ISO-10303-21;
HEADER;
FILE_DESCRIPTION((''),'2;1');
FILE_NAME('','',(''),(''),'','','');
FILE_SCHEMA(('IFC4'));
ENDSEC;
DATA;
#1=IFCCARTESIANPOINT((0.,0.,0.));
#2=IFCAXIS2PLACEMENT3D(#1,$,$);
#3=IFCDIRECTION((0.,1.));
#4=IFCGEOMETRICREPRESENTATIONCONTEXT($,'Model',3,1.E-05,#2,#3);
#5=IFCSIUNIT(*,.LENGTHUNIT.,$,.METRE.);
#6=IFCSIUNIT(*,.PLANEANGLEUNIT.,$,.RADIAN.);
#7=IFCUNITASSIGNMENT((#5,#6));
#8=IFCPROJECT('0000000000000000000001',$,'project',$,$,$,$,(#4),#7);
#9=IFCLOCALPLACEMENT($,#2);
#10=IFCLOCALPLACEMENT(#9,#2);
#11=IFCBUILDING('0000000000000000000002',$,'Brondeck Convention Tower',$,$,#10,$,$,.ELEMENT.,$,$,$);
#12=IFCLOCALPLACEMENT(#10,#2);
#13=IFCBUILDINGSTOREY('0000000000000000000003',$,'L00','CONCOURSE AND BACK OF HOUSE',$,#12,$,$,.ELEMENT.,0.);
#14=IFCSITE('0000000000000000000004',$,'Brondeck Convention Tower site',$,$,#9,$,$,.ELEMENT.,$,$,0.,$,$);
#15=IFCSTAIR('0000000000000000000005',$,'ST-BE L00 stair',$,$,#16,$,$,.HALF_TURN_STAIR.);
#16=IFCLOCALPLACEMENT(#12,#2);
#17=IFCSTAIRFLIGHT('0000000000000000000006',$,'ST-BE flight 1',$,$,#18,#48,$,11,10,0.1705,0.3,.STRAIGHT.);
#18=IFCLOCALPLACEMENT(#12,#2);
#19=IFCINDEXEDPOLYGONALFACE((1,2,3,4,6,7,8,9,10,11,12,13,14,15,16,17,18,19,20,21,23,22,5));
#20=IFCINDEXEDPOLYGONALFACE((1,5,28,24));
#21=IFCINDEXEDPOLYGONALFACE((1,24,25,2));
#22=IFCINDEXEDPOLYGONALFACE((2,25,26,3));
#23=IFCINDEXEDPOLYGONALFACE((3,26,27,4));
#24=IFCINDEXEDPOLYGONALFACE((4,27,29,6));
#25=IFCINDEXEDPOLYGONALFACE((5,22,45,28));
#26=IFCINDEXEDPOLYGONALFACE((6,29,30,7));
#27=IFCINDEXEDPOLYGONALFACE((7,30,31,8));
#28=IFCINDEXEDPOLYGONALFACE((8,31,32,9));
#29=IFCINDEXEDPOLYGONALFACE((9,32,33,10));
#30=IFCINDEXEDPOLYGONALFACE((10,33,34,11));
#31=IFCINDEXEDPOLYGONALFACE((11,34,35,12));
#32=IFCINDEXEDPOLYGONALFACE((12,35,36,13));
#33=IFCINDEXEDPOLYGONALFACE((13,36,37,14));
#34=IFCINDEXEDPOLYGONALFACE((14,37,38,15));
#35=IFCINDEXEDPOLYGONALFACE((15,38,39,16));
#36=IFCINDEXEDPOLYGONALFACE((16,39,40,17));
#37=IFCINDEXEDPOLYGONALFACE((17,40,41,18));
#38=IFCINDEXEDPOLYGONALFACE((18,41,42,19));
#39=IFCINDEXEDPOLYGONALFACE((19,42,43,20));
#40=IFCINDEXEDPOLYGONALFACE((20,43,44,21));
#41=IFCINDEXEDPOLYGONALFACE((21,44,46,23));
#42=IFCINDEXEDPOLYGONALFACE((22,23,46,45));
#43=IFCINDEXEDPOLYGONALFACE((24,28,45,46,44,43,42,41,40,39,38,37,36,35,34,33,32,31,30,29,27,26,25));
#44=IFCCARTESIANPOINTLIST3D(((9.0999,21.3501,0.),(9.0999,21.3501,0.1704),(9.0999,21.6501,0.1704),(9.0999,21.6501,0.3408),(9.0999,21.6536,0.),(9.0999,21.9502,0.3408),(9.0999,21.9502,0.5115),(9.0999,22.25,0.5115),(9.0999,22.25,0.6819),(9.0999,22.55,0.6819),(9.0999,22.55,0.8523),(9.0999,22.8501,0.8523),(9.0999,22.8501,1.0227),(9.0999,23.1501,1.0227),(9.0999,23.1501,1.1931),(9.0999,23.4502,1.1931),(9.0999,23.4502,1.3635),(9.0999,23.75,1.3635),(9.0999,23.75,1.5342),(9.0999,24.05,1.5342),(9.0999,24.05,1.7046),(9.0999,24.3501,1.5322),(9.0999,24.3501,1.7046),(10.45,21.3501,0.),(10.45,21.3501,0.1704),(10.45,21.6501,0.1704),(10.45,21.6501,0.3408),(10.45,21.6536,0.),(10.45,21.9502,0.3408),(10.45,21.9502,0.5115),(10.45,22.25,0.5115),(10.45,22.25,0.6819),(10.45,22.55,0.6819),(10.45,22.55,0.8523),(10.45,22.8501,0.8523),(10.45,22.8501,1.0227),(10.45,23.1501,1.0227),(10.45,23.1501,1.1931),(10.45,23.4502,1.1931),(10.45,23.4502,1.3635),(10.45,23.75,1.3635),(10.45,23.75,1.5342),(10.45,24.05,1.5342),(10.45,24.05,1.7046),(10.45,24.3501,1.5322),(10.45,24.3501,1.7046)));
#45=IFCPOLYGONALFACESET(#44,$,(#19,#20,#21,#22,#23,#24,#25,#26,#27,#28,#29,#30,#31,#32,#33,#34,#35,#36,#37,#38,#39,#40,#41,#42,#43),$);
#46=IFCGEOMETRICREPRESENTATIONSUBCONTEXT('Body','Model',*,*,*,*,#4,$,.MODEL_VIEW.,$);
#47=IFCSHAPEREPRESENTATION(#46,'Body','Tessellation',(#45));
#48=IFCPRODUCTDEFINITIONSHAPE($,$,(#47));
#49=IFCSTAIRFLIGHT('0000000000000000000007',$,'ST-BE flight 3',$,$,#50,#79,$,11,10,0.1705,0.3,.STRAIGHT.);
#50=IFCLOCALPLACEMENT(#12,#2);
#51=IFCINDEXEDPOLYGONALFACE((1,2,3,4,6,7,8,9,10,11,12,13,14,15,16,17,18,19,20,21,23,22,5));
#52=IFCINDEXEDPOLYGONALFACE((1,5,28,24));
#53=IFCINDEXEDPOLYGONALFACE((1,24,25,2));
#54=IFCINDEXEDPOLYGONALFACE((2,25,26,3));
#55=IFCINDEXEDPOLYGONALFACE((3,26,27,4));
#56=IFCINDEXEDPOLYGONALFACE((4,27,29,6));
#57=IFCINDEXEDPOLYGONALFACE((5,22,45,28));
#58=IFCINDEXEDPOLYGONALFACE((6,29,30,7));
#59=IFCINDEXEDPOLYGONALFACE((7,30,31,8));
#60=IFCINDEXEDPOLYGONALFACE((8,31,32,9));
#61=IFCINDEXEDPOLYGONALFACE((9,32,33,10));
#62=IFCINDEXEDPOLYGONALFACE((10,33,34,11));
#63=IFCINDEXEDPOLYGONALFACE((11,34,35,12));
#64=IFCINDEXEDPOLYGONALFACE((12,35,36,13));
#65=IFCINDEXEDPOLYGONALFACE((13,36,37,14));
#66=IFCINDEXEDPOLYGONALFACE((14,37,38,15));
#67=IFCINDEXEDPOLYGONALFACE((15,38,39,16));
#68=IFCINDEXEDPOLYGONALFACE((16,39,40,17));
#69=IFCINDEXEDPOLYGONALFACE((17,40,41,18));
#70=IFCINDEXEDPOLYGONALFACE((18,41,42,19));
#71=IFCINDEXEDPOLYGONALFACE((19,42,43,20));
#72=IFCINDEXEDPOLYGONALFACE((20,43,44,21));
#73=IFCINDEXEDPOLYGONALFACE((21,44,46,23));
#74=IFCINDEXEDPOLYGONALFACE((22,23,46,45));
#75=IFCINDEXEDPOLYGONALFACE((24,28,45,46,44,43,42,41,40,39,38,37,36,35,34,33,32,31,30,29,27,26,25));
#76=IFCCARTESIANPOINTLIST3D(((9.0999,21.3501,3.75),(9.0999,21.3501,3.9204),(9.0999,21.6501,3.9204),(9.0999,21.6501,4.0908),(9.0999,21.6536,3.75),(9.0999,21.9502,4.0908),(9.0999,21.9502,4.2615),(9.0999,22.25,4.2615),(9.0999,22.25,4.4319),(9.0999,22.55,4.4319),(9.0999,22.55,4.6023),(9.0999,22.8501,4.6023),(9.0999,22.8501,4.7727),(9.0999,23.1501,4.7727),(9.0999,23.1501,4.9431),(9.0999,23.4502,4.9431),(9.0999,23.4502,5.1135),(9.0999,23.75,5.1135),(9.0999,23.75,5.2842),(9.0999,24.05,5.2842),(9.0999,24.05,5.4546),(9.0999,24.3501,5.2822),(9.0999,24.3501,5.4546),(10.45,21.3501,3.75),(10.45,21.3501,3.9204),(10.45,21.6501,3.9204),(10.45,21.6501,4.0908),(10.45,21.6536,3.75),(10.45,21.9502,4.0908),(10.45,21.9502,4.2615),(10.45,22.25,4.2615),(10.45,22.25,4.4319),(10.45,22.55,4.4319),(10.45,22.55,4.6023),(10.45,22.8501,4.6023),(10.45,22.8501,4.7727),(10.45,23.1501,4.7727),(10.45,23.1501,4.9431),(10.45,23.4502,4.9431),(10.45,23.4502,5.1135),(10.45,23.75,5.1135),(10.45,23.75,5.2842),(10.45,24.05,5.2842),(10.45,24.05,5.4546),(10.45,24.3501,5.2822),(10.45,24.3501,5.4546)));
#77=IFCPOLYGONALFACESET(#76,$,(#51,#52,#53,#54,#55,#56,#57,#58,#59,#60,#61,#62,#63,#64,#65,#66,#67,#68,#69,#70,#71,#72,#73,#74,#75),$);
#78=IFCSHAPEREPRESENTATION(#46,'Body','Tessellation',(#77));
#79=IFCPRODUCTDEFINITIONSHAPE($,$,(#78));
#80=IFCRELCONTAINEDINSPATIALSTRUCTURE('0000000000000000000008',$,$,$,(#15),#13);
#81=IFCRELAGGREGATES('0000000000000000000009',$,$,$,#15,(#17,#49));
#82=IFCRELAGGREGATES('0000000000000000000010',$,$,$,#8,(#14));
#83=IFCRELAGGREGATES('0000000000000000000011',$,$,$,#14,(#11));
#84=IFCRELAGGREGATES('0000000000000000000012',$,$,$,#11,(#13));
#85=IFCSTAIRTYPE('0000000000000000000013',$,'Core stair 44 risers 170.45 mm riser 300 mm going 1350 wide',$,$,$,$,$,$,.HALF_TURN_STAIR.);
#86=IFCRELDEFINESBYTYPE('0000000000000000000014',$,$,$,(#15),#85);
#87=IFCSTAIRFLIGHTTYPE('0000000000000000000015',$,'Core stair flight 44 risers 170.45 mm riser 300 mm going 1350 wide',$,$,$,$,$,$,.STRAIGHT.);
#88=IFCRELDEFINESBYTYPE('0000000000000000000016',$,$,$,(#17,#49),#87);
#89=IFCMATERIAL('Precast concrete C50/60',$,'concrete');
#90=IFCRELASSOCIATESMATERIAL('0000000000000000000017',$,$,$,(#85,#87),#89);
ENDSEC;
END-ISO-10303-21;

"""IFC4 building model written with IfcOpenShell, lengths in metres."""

from ifc_helpers import new_model, si_unit, direction, frame, origin, place, context, subcontext, project, spatial, polyline, outline, extrude, material, type_object, element, aggregate, save


model = new_model("IFC4")

# Units and contexts
model_context = context("Model", 3, precision=1e-05, world=origin(), true_north=direction((0.0, 1.0)))
body_context = subcontext(model_context, "Body", "Model", "MODEL_VIEW")
ifc_project = project(units=[si_unit("LENGTHUNIT", "METRE"), si_unit("PLANEANGLEUNIT", "RADIAN")], contexts=[model_context])

# Site, building, storey
site_placement = place(None, origin())
site = spatial("IfcSite", under=ifc_project, at=site_placement, Name="Brondeck Convention Tower site", CompositionType="ELEMENT", RefElevation=0.0)
building_placement = place(site_placement, origin())
building = spatial("IfcBuilding", under=site, at=building_placement, Name="Brondeck Convention Tower", CompositionType="ELEMENT")
storey_placement = place(building_placement, origin())
storey = spatial("IfcBuildingStorey", under=building, at=storey_placement, Name="L00", Description="CONCOURSE AND BACK OF HOUSE", CompositionType="ELEMENT", Elevation=0.0)

# Stair, stair flights
ifc_material_1 = material(Name="Precast concrete C50/60", Category="concrete")
stair_type = type_object("IfcStairType", Name="Core stair 44 risers 170.45 mm riser 300 mm going 1350 wide", PredefinedType="HALF_TURN_STAIR", material=ifc_material_1)
stair_placement = place(storey_placement, origin())
stair = element("IfcStair", 1, at=stair_placement, inside=storey, type_object=stair_type, Name="ST-BE L00 stair", PredefinedType="HALF_TURN_STAIR")
stair_flight_type = type_object("IfcStairFlightType", Name="Core stair flight 44 risers 170.45 mm riser 300 mm going 1350 wide", PredefinedType="STRAIGHT", material=ifc_material_1)
stair_flight_1_placement = place(storey_placement, frame((9.7749, 21.3501, 0.0), z_axis=(0.0, 0.0, 1.0), x_axis=(0.0, 1.0, 0.0)))
stair_flight_1 = element("IfcStairFlight", 2, at=stair_flight_1_placement, type_object=stair_flight_type, Name="ST-BE flight 1", NumberOfRisers=11, NumberOfTreads=10, PredefinedType="STRAIGHT", RiserHeight=0.1705, TreadLength=0.3, context=body_context, shape_type="SweptSolid", body=[
    extrude(outline(polyline([(0.0, 0.0), (0.0, 0.1704), (0.3, 0.1704), (0.3, 0.3408), (0.6001, 0.3408), (0.6001, 0.5115), (0.8999, 0.5115), (0.8999, 0.6819), (1.2, 0.6819), (1.2, 0.8523), (1.5, 0.8523), (1.5, 1.0227), (1.8, 1.0227), (1.8, 1.1931), (2.1001, 1.1931), (2.1001, 1.3635), (2.3999, 1.3635), (2.3999, 1.5342), (2.7, 1.5342), (2.7, 1.7046), (3.0, 1.7046), (3.0, 1.875), (3.0, 1.5322), (0.3035, 0.0), (0.0, 0.0)])), frame((0.0, 0.675, 0.0), z_axis=(0.0, -1.0, 0.0), x_axis=(1.0, 0.0, 0.0)), (0.0, 0.0, 1.0), 1.3501),
])
stair_flight_2_placement = place(storey_placement, frame((9.7749, 21.3501, 3.75), z_axis=(0.0, 0.0, 1.0), x_axis=(0.0, 1.0, 0.0)))
stair_flight_2 = element("IfcStairFlight", 3, at=stair_flight_2_placement, type_object=stair_flight_type, Name="ST-BE flight 3", NumberOfRisers=11, NumberOfTreads=10, PredefinedType="STRAIGHT", RiserHeight=0.1705, TreadLength=0.3, context=body_context, shape_type="SweptSolid", body=[
    extrude(outline(polyline([(0.0, 0.0), (0.0, 0.1704), (0.3, 0.1704), (0.3, 0.3408), (0.6001, 0.3408), (0.6001, 0.5115), (0.8999, 0.5115), (0.8999, 0.6819), (1.2, 0.6819), (1.2, 0.8523), (1.5, 0.8523), (1.5, 1.0227), (1.8, 1.0227), (1.8, 1.1931), (2.1001, 1.1931), (2.1001, 1.3635), (2.3999, 1.3635), (2.3999, 1.5342), (2.7, 1.5342), (2.7, 1.7046), (3.0, 1.7046), (3.0, 1.875), (3.0, 1.5322), (0.3035, 0.0), (0.0, 0.0)])), frame((0.0, 0.675, 0.0), z_axis=(0.0, -1.0, 0.0), x_axis=(1.0, 0.0, 0.0)), (0.0, 0.0, 1.0), 1.3501),
])
aggregate(stair, [stair_flight_1, stair_flight_2])

save(model, "model.ifc")
